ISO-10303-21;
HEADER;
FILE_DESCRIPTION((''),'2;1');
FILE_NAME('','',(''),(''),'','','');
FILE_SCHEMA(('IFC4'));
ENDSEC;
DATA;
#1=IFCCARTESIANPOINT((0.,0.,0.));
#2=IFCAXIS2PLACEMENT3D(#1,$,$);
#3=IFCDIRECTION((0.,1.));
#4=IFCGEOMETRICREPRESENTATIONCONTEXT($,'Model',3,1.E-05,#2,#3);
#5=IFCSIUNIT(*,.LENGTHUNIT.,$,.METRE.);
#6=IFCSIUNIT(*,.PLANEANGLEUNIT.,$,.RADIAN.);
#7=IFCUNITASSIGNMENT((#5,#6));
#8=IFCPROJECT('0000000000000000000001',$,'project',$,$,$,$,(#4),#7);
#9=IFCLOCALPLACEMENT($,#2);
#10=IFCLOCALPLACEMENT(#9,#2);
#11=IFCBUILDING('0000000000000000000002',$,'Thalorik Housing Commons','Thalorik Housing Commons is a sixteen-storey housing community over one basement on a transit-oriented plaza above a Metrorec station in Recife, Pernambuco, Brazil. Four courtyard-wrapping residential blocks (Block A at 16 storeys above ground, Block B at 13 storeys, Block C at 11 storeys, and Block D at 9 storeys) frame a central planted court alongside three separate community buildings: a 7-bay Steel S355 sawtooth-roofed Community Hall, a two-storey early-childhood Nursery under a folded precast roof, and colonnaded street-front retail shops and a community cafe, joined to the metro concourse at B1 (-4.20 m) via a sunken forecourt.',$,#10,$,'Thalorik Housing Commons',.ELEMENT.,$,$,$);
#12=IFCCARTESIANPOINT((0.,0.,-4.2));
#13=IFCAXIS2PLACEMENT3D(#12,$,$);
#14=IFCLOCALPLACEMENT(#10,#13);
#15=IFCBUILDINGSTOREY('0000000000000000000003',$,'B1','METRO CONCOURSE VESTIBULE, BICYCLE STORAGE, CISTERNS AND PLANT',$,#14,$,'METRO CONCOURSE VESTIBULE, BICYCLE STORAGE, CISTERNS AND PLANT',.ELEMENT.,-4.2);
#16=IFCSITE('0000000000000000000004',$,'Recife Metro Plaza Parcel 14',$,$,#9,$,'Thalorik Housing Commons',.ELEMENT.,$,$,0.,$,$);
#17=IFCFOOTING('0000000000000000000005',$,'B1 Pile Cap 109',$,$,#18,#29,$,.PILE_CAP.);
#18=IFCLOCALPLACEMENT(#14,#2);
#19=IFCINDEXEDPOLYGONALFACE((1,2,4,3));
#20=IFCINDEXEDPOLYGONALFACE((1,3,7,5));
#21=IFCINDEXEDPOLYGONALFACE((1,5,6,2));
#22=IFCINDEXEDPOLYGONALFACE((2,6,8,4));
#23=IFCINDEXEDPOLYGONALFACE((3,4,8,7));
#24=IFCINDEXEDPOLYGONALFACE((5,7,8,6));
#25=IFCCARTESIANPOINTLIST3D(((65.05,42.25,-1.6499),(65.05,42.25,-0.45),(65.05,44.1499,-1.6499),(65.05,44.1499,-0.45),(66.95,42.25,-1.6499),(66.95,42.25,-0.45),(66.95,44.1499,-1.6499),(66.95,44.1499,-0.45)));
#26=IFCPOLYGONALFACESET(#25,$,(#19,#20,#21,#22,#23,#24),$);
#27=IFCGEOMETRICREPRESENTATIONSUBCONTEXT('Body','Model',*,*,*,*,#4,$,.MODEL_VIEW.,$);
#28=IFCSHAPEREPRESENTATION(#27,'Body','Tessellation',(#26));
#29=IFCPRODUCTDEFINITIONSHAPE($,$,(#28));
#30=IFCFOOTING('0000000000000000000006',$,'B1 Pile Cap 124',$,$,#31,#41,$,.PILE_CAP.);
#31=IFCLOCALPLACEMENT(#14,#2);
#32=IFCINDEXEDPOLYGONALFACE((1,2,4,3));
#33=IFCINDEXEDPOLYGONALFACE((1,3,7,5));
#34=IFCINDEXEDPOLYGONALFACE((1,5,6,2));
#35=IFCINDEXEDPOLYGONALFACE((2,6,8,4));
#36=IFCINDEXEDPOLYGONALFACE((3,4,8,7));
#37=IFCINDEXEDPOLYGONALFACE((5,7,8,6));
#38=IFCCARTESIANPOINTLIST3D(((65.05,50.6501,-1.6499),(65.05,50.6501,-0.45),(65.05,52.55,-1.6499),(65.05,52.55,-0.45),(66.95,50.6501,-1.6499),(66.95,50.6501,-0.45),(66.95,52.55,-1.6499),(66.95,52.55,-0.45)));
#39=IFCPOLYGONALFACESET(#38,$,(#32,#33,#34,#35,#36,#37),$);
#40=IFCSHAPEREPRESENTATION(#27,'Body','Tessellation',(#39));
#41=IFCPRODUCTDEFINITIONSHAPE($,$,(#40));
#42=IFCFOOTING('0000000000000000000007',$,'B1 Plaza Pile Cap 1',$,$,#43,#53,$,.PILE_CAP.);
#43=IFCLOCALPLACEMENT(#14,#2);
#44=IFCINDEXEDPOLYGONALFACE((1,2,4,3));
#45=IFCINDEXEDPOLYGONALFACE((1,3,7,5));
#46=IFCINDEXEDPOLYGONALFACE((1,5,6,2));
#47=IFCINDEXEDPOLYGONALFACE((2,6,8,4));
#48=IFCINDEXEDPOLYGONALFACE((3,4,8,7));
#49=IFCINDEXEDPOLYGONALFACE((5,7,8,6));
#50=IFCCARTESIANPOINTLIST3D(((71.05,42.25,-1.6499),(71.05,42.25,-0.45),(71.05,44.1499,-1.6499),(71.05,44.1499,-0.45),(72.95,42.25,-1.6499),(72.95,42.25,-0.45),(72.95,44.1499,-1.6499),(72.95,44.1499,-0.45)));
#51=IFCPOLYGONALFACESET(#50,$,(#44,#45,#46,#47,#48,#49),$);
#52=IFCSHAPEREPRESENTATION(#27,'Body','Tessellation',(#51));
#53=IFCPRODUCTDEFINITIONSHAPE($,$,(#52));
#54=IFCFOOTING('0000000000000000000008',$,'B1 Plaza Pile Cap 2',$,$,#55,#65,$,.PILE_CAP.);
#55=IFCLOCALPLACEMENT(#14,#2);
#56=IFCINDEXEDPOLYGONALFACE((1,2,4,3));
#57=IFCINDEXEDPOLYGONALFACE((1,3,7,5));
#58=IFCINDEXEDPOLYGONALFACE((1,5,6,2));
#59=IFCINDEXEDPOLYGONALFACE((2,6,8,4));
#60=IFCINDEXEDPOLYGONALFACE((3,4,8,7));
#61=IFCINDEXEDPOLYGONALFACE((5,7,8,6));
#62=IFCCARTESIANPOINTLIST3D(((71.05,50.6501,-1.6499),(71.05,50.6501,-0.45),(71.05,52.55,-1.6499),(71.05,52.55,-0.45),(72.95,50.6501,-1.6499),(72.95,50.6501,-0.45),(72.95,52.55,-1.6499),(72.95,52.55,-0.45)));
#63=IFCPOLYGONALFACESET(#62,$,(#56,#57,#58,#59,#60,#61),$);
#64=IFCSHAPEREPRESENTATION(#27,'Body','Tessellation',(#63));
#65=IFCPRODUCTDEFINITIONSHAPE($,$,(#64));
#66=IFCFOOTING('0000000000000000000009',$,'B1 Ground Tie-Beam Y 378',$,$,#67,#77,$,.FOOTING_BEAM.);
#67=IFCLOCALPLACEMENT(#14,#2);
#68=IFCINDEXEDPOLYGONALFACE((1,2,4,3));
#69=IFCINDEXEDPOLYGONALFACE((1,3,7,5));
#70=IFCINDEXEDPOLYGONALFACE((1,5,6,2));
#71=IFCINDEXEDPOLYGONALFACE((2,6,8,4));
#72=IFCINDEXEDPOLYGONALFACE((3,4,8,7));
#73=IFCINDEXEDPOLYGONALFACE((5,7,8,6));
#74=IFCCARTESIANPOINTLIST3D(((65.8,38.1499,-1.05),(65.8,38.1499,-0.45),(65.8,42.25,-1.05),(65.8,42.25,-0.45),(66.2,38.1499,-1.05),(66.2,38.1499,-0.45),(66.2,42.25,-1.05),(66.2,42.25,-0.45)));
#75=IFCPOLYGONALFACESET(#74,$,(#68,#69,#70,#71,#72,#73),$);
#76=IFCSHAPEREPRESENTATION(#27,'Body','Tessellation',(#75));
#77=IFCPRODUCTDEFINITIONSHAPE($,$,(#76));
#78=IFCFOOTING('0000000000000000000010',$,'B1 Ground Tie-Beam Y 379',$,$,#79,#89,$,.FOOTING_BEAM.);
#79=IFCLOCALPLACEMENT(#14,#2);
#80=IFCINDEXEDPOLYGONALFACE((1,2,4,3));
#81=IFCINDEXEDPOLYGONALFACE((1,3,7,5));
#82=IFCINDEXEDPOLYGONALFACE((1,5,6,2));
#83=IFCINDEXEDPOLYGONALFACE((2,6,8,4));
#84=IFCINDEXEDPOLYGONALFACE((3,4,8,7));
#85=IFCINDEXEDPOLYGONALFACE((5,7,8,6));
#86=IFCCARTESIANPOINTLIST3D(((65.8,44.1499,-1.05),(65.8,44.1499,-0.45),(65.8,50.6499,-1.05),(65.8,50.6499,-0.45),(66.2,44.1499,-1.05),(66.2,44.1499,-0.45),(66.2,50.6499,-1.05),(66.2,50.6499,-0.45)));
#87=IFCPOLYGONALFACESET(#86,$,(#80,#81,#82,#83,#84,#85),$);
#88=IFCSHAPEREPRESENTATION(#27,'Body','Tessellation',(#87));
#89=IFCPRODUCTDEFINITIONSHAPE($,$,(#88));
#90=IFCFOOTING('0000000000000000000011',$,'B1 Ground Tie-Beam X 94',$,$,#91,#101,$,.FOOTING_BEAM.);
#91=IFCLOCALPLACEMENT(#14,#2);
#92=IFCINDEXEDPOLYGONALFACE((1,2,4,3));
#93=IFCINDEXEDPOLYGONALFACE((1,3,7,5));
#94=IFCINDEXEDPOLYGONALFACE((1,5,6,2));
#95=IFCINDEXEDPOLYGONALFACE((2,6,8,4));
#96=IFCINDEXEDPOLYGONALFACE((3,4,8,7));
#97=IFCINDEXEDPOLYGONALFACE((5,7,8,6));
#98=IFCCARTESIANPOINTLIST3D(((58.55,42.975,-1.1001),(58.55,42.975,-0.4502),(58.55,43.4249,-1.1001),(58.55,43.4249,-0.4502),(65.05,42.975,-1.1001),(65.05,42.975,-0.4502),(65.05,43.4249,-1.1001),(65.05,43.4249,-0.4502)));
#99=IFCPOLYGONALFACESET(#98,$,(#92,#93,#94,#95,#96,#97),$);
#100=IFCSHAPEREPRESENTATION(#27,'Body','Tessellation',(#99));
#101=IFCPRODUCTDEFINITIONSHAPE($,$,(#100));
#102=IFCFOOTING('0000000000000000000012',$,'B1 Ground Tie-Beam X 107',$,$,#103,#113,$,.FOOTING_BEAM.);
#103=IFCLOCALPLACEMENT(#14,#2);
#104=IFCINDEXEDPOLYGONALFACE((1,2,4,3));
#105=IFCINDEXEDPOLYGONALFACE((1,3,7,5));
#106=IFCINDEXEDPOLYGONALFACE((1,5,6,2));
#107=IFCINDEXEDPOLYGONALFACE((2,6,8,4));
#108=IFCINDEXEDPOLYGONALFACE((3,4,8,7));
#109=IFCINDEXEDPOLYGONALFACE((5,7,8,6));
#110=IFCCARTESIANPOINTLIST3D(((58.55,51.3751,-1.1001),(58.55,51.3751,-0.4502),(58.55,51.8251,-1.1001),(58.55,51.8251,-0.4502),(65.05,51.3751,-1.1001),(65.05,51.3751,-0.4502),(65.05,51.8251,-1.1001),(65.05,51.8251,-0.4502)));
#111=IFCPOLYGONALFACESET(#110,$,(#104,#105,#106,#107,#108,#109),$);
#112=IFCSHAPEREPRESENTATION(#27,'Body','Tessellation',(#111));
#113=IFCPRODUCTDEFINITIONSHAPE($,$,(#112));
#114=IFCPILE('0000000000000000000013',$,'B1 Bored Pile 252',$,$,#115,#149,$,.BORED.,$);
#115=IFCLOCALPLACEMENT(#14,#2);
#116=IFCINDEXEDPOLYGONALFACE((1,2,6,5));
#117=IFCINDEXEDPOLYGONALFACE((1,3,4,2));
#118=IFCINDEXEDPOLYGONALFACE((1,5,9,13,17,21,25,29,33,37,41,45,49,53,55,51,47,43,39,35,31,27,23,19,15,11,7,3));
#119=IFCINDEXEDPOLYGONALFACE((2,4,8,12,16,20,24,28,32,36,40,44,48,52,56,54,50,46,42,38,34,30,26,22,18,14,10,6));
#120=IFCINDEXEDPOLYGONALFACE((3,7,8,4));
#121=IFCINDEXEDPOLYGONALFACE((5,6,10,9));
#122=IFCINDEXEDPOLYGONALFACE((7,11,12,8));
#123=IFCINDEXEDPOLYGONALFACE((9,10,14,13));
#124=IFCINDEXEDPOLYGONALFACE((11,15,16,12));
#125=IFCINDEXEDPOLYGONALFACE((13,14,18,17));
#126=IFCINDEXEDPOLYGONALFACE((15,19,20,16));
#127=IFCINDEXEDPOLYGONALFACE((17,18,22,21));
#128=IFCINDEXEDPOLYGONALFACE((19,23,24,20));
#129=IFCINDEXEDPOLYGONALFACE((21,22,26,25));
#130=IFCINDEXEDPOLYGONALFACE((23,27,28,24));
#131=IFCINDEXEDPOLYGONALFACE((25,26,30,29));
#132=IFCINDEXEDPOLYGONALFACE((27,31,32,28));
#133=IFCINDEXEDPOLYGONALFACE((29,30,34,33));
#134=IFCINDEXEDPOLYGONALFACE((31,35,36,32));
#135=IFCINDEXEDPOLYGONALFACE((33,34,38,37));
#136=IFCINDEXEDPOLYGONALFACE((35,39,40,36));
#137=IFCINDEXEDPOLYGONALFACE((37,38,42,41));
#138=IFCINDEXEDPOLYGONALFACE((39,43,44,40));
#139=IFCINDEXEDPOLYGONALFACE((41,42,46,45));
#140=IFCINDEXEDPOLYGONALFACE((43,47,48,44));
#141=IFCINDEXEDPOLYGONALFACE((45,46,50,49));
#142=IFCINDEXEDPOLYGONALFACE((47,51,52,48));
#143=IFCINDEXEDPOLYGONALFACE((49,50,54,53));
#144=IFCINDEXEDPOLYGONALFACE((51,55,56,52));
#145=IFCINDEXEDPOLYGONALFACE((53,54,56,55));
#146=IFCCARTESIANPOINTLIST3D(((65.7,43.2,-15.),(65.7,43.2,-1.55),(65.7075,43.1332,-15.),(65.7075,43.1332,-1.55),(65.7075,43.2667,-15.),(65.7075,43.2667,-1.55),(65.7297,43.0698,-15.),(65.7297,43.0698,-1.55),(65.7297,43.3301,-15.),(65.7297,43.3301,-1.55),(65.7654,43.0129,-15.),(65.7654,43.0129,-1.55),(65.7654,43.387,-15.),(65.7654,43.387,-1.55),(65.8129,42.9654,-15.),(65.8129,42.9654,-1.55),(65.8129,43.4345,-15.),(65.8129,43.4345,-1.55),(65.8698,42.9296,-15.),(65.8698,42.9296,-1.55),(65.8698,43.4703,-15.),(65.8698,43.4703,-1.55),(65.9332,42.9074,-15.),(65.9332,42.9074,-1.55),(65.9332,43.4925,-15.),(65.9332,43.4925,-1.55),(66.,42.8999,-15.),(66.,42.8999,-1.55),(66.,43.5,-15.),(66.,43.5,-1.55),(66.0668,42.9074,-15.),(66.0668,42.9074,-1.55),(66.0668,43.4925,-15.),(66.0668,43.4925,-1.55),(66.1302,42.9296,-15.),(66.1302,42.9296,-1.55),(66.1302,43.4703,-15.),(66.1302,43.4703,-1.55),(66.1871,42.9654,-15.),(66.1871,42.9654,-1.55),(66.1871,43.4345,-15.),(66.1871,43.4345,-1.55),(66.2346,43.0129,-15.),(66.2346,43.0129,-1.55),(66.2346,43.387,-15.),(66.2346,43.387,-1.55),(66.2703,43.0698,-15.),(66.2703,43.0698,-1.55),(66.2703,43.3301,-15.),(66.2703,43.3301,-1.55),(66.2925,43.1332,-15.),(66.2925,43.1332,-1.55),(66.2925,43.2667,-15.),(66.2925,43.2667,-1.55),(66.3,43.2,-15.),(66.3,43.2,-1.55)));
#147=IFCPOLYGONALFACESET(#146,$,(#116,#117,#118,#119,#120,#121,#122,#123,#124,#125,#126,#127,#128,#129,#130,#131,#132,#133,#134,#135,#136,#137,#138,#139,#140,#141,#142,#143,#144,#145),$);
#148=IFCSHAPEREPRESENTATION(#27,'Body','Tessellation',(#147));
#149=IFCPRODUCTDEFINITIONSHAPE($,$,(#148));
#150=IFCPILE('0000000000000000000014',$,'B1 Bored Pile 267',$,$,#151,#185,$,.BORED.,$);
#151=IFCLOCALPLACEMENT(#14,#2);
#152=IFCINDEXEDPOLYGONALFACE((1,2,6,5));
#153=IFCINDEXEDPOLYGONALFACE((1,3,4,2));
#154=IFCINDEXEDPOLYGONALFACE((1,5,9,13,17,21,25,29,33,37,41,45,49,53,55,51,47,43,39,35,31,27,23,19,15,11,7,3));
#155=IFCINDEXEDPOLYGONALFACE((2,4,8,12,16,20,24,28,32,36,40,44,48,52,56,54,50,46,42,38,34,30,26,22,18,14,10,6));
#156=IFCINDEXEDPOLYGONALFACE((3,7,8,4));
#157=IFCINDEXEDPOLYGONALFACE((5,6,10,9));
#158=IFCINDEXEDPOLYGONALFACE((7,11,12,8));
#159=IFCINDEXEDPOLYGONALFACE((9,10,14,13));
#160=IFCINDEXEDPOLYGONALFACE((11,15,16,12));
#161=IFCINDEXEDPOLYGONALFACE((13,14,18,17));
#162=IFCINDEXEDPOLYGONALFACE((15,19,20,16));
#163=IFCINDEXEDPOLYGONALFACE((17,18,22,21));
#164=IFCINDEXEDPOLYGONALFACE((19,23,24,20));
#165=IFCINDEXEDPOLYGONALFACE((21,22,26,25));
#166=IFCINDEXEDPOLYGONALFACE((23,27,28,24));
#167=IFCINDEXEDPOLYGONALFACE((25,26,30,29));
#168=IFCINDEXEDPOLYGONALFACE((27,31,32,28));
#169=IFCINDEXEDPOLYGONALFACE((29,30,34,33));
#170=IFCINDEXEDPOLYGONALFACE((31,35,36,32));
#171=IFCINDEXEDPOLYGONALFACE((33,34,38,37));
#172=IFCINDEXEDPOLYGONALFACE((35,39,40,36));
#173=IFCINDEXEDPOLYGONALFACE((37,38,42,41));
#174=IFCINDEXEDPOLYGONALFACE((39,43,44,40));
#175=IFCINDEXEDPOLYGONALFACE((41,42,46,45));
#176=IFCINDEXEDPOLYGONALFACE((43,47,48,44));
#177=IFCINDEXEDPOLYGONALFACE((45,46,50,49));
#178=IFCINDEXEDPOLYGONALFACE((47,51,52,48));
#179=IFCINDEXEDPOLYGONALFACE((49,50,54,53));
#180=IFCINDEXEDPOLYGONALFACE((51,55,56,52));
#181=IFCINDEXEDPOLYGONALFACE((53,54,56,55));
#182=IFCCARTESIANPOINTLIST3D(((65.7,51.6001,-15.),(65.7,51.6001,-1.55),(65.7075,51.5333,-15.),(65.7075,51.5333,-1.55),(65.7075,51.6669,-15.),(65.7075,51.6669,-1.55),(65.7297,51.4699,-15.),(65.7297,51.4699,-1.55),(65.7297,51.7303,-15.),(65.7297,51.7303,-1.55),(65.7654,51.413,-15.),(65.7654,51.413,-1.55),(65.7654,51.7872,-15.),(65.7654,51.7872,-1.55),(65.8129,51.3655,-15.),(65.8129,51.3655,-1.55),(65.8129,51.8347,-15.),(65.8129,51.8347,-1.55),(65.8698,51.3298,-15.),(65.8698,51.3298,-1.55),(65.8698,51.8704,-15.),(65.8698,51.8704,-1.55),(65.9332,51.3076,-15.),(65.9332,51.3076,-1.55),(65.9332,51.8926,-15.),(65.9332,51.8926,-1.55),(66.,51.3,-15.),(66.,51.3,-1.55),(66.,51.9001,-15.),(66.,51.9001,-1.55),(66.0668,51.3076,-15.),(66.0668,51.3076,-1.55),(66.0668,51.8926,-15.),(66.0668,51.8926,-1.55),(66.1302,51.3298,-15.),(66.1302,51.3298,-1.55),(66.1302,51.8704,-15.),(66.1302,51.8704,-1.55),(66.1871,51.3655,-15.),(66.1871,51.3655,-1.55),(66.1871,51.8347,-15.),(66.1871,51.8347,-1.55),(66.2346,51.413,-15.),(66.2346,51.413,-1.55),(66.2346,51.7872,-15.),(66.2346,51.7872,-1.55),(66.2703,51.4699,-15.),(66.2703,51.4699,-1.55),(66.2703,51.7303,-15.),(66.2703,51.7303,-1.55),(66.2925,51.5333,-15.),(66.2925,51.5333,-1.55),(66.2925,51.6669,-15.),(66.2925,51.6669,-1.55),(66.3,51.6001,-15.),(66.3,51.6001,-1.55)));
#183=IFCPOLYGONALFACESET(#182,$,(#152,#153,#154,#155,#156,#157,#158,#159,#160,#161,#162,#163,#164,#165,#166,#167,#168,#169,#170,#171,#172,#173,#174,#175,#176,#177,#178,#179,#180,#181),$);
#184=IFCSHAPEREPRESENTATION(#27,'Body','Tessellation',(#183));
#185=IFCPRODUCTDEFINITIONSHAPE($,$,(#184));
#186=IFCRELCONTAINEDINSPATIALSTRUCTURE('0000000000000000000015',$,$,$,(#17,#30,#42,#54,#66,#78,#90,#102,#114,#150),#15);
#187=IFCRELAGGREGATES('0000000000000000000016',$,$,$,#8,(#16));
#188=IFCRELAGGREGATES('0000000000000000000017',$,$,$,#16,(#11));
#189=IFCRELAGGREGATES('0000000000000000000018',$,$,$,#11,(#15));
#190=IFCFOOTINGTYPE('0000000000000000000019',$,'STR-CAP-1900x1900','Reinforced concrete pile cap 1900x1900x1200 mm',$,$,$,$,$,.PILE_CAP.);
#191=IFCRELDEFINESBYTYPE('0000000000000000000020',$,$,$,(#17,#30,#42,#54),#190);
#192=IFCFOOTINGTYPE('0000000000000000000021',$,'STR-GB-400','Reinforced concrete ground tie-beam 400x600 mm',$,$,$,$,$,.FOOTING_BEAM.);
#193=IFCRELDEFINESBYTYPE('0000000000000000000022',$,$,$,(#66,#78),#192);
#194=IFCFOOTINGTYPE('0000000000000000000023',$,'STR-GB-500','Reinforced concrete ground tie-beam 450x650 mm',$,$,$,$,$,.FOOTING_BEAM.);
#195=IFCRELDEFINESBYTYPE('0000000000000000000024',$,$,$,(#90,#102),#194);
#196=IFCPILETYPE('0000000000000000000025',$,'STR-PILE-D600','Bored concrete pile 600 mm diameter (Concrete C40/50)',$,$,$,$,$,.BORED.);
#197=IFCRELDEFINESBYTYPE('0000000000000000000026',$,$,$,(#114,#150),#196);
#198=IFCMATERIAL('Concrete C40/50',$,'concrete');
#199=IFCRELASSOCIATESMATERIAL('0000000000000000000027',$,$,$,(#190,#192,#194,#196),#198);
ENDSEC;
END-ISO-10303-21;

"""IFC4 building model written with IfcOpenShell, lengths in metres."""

from ifc_helpers import new_model, si_unit, direction, frame, origin, origin_2d, place, context, subcontext, project, spatial, rectangle, circle, extrude, material, material_profile, profile_set, type_object, element, save


model = new_model("IFC4")

# Units and contexts
model_context = context("Model", 3, precision=1e-05, world=origin(), true_north=direction((0.0, 1.0)))
body_context = subcontext(model_context, "Body", "Model", "MODEL_VIEW")
ifc_project = project(units=[si_unit("LENGTHUNIT", "METRE"), si_unit("PLANEANGLEUNIT", "RADIAN")], contexts=[model_context])

# Site, building, storey
site_placement = place(None, origin())
site = spatial("IfcSite", under=ifc_project, at=site_placement, Name="Recife Metro Plaza Parcel 14", LongName="Thalorik Housing Commons", CompositionType="ELEMENT", RefElevation=0.0)
building_placement = place(site_placement, origin())
building = spatial("IfcBuilding", under=site, at=building_placement, Name="Thalorik Housing Commons", Description="Thalorik Housing Commons is a sixteen-storey housing community over one basement on a transit-oriented plaza above a Metrorec station in Recife, Pernambuco, Brazil. Four courtyard-wrapping residential blocks (Block A at 16 storeys above ground, Block B at 13 storeys, Block C at 11 storeys, and Block D at 9 storeys) frame a central planted court alongside three separate community buildings: a 7-bay Steel S355 sawtooth-roofed Community Hall, a two-storey early-childhood Nursery under a folded precast roof, and colonnaded street-front retail shops and a community cafe, joined to the metro concourse at B1 (-4.20 m) via a sunken forecourt.", LongName="Thalorik Housing Commons", CompositionType="ELEMENT")
storey_placement = place(building_placement, frame((0.0, 0.0, -4.2)))
storey = spatial("IfcBuildingStorey", under=building, at=storey_placement, Name="B1", Description="METRO CONCOURSE VESTIBULE, BICYCLE STORAGE, CISTERNS AND PLANT", LongName="METRO CONCOURSE VESTIBULE, BICYCLE STORAGE, CISTERNS AND PLANT", CompositionType="ELEMENT", Elevation=-4.2)

# Footings
ifc_material_1 = material(Name="Concrete C40/50", Category="concrete")
footing_type_1 = type_object("IfcFootingType", Name="STR-CAP-1900x1900", Description="Reinforced concrete pile cap 1900x1900x1200 mm", PredefinedType="PILE_CAP", material=ifc_material_1)
for number, where, z_axis, x_axis, name in (
    (1, (66.0, 43.2, -1.6499), (0.0, 0.0, 1.0), (1.0, 0.0, 0.0), "B1 Pile Cap 109"),
    (2, (66.0, 51.6001, -1.6499), (0.0, 0.0, 1.0), (1.0, 0.0, 0.0), "B1 Pile Cap 124"),
    (3, (72.0, 43.2, -1.6499), (0.0, 0.0, 1.0), (1.0, 0.0, 0.0), "B1 Plaza Pile Cap 1"),
    (4, (72.0, 51.6001, -1.6499), (0.0, 0.0, 1.0), (1.0, 0.0, 0.0), "B1 Plaza Pile Cap 2"),
):
    element("IfcFooting", number, at=place(storey_placement, frame(where, z_axis=z_axis, x_axis=x_axis)), inside=storey, type_object=footing_type_1, Name=name, PredefinedType="PILE_CAP", context=body_context, shape_type="SweptSolid", body=[
        extrude(rectangle(XDim=1.8999, YDim=1.8999, at=origin_2d()), origin(), (0.0, 0.0, 1.0), 1.2),
    ])
ifc_material_profile_1 = material_profile(ifc_material_1, rectangle(XDim=0.3999, YDim=0.6001, at=origin_2d()), Name="RC 400x600", Category="concrete")
ifc_profile_set_1 = profile_set([ifc_material_profile_1], Name="Concrete C40/50")
footing_type_2 = type_object("IfcFootingType", Name="STR-GB-400", Description="Reinforced concrete ground tie-beam 400x600 mm", PredefinedType="FOOTING_BEAM", material=ifc_profile_set_1)
footing_1_placement = place(storey_placement, frame((66.0, 38.1499, -0.75), z_axis=(0.0, 1.0, 0.0), x_axis=(-1.0, 0.0, 0.0)))
element("IfcFooting", 5, at=footing_1_placement, inside=storey, type_object=footing_type_2, Name="B1 Ground Tie-Beam Y 378", PredefinedType="FOOTING_BEAM", context=body_context, shape_type="SweptSolid", body=[
    extrude(rectangle(XDim=0.3999, YDim=0.6001, at=origin_2d()), origin(), (0.0, 0.0, 1.0), 4.1001),
])
footing_2_placement = place(storey_placement, frame((66.0, 44.1499, -0.75), z_axis=(0.0, 1.0, 0.0), x_axis=(-1.0, 0.0, 0.0)))
element("IfcFooting", 6, at=footing_2_placement, inside=storey, type_object=footing_type_2, Name="B1 Ground Tie-Beam Y 379", PredefinedType="FOOTING_BEAM", context=body_context, shape_type="SweptSolid", body=[
    extrude(rectangle(XDim=0.3999, YDim=0.6001, at=origin_2d()), origin(), (0.0, 0.0, 1.0), 6.5),
])
ifc_material_profile_2 = material_profile(ifc_material_1, rectangle(XDim=0.45, YDim=0.6499, at=origin_2d()), Name="RC 450x650", Category="concrete")
ifc_profile_set_2 = profile_set([ifc_material_profile_2], Name="Concrete C40/50")
footing_type_3 = type_object("IfcFootingType", Name="STR-GB-500", Description="Reinforced concrete ground tie-beam 450x650 mm", PredefinedType="FOOTING_BEAM", material=ifc_profile_set_2)
for number, where, z_axis, x_axis, name in (
    (7, (58.55, 43.2, -0.7751), (1.0, 0.0, 0.0), (0.0, 1.0, 0.0), "B1 Ground Tie-Beam X 94"),
    (8, (58.55, 51.6001, -0.7751), (1.0, 0.0, 0.0), (0.0, 1.0, 0.0), "B1 Ground Tie-Beam X 107"),
):
    element("IfcFooting", number, at=place(storey_placement, frame(where, z_axis=z_axis, x_axis=x_axis)), inside=storey, type_object=footing_type_3, Name=name, PredefinedType="FOOTING_BEAM", context=body_context, shape_type="SweptSolid", body=[
        extrude(rectangle(XDim=0.45, YDim=0.6499, at=origin_2d()), origin(), (0.0, 0.0, 1.0), 6.5),
    ])

# Piles
ifc_material_profile_3 = material_profile(ifc_material_1, circle(Radius=0.3, at=origin_2d()), Name="BORED PILE D600", Category="concrete")
ifc_profile_set_3 = profile_set([ifc_material_profile_3], Name="Concrete C40/50")
pile_type_1 = type_object("IfcPileType", Name="STR-PILE-D600", Description="Bored concrete pile 600 mm diameter (Concrete C40/50)", PredefinedType="BORED", material=ifc_profile_set_3)
for number, where, z_axis, x_axis, name in (
    (9, (66.0, 43.2, -1.55), (0.0, 0.0, -1.0), (1.0, 0.0, 0.0), "B1 Bored Pile 252"),
    (10, (66.0, 51.6001, -1.55), (0.0, 0.0, -1.0), (1.0, 0.0, 0.0), "B1 Bored Pile 267"),
):
    element("IfcPile", number, at=place(storey_placement, frame(where, z_axis=z_axis, x_axis=x_axis)), inside=storey, type_object=pile_type_1, Name=name, PredefinedType="BORED", context=body_context, shape_type="SweptSolid", body=[
        extrude(circle(Radius=0.3, at=origin_2d()), origin(), (0.0, 0.0, 1.0), 13.45),
    ])

save(model, "model.ifc")
